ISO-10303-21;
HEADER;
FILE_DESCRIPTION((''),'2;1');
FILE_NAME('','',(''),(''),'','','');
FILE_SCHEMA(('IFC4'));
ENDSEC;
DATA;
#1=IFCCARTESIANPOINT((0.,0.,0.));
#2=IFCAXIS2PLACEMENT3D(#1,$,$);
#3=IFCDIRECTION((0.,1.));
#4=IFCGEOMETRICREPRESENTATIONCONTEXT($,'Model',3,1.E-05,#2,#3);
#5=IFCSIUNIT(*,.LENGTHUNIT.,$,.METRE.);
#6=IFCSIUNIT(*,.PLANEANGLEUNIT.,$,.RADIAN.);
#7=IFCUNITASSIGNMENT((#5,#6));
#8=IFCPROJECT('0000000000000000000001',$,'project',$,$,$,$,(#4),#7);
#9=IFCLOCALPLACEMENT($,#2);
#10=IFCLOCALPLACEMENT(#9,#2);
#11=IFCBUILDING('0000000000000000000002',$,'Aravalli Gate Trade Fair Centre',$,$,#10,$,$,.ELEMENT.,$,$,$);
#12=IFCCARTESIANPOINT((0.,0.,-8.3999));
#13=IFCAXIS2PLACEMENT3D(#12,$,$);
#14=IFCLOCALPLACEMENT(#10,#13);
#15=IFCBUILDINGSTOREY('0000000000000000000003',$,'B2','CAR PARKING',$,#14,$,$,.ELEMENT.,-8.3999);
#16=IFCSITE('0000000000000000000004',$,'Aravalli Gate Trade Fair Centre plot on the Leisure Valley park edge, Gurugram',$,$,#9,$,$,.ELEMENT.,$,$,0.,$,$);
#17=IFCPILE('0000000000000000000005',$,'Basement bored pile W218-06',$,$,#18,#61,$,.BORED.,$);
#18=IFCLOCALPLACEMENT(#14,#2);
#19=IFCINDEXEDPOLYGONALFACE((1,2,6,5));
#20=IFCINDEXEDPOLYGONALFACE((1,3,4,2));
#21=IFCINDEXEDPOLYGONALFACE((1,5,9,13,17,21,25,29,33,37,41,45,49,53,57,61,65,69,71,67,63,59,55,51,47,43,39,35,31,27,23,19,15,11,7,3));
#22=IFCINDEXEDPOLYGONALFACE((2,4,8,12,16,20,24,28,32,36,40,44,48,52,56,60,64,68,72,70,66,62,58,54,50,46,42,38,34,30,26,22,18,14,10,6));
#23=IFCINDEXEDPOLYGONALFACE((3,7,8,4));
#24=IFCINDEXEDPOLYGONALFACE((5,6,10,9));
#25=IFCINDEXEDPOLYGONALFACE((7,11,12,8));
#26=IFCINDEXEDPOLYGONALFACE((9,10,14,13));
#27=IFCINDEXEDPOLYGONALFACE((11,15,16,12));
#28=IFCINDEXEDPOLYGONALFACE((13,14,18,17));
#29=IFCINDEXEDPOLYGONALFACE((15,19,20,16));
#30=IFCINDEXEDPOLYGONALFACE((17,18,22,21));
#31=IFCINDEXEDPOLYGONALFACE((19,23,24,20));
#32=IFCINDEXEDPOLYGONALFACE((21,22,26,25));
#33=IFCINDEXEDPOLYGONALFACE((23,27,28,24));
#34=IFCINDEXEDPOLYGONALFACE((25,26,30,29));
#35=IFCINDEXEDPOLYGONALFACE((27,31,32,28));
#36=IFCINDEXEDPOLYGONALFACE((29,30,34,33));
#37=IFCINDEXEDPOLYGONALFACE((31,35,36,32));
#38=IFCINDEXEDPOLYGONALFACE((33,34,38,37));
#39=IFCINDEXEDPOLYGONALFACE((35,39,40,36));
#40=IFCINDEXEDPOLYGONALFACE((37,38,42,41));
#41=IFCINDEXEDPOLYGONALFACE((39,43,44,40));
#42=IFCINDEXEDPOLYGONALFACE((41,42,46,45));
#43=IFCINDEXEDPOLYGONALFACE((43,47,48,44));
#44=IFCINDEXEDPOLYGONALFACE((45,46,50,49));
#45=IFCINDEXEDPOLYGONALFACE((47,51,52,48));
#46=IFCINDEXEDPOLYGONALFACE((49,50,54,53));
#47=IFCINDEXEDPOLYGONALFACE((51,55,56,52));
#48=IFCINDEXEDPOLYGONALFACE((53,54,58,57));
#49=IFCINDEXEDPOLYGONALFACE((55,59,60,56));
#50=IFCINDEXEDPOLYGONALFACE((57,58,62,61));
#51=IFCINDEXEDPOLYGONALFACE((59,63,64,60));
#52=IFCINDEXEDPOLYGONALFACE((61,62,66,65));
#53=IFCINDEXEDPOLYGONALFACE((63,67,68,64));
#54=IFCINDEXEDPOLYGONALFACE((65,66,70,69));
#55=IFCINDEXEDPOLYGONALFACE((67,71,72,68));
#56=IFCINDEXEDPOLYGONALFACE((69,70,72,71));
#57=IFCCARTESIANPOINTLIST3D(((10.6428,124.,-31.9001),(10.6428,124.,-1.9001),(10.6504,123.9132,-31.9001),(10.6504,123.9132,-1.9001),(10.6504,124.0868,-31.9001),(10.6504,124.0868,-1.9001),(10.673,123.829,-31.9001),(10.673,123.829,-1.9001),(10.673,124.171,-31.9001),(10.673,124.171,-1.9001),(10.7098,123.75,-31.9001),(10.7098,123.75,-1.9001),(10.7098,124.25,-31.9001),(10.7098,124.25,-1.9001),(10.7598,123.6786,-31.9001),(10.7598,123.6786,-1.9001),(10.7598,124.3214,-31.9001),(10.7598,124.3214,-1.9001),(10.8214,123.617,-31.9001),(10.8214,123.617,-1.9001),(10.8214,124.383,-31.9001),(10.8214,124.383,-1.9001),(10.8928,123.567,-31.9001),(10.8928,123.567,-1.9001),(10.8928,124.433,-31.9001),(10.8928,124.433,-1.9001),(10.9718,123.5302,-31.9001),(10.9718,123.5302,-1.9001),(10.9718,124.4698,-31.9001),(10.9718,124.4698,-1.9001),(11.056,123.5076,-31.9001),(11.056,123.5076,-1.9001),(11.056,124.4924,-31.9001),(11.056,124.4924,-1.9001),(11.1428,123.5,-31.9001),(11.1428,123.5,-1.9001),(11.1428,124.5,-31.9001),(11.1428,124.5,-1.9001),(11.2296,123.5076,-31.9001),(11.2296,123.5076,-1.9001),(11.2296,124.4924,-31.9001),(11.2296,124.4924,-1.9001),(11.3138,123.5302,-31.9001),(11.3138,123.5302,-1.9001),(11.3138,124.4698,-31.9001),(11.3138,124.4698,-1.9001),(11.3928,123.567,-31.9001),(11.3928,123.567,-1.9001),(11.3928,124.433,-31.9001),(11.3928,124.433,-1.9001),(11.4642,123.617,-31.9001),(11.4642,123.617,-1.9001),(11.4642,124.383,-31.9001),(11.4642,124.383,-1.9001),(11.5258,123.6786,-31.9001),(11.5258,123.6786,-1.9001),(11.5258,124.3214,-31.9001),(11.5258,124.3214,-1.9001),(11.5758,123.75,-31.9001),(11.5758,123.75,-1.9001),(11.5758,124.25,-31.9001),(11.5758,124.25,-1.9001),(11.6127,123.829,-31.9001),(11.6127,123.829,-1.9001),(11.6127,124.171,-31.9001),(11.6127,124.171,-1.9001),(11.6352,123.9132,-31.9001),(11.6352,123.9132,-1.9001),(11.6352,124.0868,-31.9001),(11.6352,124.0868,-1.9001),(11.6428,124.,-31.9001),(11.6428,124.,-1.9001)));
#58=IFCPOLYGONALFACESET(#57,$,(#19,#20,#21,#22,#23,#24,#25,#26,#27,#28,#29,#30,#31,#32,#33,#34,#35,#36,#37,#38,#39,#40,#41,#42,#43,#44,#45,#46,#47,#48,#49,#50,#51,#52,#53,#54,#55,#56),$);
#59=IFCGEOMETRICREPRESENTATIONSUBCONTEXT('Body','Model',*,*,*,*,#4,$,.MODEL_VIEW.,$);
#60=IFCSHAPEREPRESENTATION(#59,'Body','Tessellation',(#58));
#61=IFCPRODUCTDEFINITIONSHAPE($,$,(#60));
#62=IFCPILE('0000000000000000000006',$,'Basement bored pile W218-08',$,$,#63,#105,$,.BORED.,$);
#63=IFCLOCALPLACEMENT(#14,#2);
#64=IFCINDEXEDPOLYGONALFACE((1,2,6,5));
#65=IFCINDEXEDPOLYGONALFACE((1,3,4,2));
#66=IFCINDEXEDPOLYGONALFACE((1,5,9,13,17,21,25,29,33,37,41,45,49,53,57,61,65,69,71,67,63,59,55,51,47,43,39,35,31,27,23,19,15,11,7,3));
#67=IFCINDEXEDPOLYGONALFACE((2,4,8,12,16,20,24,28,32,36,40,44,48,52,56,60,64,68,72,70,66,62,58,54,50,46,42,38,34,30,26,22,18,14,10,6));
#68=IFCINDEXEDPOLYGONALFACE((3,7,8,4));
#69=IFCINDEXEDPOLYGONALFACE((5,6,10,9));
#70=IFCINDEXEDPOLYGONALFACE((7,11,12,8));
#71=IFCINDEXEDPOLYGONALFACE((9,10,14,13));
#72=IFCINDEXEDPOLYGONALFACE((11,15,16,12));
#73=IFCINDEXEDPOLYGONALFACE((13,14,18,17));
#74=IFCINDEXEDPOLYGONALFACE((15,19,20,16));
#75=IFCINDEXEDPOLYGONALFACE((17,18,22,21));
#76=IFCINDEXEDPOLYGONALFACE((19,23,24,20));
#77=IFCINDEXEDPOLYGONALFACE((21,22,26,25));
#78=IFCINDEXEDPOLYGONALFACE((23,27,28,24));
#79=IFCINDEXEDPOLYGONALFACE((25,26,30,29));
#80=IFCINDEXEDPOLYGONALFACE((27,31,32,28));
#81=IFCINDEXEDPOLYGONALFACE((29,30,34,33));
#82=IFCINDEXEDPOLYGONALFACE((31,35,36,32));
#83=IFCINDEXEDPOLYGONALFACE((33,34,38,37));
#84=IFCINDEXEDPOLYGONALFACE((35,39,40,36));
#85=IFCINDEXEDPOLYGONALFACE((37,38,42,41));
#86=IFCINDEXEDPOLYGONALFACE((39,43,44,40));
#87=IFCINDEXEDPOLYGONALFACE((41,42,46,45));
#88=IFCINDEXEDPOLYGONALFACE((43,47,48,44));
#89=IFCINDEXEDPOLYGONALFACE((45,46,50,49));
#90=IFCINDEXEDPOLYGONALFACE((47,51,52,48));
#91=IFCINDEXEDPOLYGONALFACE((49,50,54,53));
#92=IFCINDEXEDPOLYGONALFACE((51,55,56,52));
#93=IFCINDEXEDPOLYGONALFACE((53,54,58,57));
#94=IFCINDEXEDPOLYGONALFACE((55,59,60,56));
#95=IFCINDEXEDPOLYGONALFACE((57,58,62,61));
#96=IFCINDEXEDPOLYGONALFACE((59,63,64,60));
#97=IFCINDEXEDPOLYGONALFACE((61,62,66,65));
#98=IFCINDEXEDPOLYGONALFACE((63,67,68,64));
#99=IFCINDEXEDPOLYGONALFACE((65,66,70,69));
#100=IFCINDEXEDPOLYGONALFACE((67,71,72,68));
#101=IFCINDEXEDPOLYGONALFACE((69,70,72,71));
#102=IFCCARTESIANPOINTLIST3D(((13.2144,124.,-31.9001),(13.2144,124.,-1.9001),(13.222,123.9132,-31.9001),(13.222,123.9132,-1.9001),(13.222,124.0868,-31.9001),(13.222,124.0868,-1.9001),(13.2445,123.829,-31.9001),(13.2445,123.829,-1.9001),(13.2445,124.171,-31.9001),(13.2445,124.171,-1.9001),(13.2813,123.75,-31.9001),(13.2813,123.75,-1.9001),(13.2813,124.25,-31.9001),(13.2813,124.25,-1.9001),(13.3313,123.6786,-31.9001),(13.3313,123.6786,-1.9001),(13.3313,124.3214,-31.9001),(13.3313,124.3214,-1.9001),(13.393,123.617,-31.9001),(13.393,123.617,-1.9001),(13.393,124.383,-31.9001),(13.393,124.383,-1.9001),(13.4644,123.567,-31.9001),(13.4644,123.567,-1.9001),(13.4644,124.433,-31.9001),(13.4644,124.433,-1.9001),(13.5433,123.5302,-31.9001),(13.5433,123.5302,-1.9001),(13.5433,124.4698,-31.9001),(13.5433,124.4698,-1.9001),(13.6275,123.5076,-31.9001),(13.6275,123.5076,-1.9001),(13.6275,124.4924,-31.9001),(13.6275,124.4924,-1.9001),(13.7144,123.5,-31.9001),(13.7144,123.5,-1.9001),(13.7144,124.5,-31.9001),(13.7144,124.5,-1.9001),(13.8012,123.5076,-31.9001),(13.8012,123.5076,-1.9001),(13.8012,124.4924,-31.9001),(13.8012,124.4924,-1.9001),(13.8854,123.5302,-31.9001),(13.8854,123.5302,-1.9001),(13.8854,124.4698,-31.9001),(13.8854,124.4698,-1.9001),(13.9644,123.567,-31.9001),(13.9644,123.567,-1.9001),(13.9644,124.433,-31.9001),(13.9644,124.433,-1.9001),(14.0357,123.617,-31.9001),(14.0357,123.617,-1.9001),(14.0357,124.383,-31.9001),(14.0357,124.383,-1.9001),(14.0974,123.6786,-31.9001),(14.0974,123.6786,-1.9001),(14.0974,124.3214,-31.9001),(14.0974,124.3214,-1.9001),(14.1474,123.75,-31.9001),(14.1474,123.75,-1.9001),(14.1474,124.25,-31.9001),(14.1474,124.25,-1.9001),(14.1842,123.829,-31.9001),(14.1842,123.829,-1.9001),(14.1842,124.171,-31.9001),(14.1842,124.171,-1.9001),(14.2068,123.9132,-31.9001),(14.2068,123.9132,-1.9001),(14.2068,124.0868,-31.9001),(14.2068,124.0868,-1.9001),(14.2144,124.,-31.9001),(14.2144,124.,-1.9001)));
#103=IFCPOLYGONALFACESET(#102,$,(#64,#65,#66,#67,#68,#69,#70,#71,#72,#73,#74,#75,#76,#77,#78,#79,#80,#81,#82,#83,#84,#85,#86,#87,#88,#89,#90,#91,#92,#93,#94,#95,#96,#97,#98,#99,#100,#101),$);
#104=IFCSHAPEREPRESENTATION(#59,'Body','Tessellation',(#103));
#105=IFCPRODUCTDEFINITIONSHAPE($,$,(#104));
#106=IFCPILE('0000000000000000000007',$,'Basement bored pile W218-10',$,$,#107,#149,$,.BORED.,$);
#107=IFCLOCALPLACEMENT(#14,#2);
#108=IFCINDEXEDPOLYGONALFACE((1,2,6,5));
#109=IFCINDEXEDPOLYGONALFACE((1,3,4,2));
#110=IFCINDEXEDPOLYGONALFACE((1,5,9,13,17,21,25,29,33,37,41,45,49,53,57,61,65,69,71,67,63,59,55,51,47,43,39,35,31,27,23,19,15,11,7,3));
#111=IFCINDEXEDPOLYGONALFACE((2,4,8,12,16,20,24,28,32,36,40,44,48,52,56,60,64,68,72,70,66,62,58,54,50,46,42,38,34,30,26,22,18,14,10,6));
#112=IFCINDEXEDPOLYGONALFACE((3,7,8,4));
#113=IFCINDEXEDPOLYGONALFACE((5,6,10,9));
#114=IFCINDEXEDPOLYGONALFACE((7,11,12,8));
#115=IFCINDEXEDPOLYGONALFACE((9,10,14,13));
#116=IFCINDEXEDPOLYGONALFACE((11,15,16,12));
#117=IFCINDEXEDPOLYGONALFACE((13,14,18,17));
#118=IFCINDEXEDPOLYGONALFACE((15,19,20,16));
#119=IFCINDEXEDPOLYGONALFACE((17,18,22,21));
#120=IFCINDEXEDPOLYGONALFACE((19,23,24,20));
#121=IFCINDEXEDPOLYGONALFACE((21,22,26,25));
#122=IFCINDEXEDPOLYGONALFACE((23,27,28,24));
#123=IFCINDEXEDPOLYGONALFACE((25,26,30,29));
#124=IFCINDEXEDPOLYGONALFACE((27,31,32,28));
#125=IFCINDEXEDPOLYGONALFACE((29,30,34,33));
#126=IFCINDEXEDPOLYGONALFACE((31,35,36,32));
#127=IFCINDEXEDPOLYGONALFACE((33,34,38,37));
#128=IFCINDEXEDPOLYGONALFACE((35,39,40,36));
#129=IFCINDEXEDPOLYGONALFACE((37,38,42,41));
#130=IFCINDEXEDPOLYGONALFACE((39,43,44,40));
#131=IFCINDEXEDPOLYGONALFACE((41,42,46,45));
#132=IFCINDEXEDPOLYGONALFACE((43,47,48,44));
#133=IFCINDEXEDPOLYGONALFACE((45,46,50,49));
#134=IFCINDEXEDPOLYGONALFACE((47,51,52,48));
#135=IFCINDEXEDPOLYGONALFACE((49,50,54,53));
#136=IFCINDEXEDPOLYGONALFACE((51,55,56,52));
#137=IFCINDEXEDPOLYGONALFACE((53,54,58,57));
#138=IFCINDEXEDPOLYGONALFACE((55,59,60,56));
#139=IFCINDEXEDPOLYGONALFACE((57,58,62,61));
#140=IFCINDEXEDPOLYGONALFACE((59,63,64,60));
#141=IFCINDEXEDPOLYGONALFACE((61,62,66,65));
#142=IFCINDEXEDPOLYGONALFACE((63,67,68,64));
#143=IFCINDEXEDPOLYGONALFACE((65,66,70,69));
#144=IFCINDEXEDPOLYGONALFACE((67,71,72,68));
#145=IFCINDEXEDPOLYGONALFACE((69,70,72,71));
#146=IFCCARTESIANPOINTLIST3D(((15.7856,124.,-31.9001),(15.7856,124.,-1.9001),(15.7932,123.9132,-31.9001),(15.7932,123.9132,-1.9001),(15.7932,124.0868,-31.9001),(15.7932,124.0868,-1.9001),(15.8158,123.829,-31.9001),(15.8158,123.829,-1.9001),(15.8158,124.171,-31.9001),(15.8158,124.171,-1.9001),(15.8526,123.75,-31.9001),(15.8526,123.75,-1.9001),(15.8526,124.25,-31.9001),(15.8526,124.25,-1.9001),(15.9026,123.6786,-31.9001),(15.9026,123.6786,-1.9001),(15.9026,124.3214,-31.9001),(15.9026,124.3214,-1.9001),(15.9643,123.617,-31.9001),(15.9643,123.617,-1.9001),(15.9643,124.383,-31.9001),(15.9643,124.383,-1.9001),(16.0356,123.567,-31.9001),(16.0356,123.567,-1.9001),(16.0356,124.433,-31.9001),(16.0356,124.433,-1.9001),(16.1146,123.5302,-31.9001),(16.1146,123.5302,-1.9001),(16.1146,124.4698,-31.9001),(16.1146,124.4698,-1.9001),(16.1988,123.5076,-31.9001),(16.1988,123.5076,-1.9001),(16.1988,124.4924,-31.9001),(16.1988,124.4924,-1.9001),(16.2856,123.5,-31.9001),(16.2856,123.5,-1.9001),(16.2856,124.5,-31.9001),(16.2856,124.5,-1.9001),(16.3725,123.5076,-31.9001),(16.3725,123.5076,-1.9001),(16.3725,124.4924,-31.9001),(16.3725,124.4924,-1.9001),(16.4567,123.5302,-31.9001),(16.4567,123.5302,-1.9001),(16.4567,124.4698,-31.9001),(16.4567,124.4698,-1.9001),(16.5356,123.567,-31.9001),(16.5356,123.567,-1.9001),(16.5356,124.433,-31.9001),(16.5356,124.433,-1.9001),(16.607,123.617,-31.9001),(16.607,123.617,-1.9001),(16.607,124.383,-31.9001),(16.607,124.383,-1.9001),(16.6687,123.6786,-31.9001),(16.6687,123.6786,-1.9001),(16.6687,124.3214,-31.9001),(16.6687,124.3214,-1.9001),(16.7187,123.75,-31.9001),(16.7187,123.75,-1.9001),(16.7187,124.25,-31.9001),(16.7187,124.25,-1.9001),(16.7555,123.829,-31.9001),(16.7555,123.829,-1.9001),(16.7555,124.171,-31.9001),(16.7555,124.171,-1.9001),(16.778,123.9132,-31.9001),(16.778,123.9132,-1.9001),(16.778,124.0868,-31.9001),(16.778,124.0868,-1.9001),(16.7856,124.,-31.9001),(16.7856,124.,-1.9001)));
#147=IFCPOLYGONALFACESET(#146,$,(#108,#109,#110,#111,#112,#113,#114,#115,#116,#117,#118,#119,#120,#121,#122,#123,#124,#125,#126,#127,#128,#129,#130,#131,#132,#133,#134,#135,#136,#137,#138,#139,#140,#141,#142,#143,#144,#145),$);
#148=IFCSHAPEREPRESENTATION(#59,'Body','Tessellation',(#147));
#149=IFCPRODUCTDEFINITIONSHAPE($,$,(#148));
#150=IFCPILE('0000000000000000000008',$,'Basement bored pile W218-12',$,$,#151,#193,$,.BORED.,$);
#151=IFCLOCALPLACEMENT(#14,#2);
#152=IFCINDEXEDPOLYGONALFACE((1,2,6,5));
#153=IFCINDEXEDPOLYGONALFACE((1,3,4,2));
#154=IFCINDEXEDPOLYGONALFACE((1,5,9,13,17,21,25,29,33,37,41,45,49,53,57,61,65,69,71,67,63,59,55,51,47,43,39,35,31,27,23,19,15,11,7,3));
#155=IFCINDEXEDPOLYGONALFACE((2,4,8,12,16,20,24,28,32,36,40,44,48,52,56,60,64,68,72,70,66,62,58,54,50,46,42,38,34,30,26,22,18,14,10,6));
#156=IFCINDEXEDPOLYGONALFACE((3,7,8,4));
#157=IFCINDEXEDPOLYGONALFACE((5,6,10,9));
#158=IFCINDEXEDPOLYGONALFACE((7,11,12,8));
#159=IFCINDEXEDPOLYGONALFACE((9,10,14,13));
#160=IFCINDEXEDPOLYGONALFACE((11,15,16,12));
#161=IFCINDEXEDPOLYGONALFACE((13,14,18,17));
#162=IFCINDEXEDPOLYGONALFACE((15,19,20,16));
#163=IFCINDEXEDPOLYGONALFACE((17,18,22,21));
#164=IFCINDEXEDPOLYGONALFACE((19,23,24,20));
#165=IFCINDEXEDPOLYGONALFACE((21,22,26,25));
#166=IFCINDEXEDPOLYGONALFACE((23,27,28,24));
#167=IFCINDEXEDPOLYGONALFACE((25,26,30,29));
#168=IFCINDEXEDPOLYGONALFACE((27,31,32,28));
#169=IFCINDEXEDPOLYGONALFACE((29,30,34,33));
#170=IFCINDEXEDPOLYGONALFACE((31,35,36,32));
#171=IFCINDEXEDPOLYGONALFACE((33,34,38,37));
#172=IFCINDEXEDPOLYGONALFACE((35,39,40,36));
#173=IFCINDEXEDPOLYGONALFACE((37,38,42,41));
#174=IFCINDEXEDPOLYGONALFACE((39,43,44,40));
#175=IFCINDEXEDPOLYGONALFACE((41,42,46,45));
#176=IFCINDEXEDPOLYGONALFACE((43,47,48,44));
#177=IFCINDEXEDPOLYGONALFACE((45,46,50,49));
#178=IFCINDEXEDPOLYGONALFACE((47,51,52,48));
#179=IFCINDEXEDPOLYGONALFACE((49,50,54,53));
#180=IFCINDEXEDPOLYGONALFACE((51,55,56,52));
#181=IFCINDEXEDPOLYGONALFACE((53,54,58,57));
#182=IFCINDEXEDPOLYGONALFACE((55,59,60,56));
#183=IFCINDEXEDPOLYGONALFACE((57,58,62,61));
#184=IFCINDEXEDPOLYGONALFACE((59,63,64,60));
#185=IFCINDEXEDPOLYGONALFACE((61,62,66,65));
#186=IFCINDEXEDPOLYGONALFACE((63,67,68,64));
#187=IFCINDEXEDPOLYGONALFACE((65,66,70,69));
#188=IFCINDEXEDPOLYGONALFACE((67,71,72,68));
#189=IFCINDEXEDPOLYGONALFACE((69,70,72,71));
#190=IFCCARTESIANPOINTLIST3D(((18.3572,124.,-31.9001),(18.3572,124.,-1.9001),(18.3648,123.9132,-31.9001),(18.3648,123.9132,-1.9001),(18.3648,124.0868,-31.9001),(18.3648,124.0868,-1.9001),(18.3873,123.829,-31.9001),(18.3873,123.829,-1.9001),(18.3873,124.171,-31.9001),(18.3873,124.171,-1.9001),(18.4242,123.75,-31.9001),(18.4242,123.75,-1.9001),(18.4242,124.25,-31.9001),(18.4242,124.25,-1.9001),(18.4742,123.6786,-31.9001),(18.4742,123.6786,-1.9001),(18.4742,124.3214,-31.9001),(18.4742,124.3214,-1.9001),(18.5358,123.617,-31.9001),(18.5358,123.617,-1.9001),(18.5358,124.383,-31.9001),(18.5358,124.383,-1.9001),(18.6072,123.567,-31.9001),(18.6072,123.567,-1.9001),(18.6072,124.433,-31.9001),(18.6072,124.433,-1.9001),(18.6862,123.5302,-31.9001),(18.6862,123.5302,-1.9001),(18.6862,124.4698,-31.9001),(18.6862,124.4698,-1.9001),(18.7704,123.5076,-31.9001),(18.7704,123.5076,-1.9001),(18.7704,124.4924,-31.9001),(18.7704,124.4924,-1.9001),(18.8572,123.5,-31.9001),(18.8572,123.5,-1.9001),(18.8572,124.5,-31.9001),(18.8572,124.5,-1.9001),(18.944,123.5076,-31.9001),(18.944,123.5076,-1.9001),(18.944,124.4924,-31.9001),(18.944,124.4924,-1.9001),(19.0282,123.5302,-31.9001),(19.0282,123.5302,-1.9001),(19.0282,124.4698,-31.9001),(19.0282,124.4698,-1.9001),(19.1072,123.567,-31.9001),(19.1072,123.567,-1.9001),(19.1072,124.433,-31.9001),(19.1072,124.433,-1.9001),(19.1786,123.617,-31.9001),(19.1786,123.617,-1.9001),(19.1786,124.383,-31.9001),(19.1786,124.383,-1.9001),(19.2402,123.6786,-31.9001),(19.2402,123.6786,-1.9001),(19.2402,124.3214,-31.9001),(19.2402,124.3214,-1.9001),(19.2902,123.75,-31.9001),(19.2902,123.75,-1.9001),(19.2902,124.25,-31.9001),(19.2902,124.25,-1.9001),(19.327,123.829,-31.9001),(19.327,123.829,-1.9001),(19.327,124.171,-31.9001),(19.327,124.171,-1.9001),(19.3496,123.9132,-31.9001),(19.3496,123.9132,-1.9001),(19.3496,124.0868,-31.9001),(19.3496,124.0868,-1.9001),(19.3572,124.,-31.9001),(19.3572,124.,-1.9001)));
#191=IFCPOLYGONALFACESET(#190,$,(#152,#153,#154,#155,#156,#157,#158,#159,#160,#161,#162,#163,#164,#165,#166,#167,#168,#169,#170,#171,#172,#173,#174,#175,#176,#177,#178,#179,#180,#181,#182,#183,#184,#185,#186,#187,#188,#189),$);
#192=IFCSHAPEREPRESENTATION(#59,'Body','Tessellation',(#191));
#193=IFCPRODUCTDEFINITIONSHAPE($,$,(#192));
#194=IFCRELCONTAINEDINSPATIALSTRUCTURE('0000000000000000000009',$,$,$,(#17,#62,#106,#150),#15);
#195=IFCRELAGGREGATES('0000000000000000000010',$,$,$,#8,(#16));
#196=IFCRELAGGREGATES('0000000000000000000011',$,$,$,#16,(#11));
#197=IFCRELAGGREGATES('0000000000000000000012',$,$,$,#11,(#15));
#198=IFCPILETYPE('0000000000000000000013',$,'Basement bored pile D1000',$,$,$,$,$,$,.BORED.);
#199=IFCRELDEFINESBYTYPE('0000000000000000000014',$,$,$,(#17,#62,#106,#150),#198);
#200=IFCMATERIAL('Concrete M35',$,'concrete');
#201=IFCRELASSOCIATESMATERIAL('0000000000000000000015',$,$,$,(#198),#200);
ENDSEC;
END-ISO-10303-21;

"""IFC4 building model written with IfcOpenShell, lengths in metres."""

from ifc_helpers import new_model, si_unit, direction, frame, origin, origin_2d, place, context, subcontext, project, spatial, circle, extrude, material, material_profile, profile_set, type_object, element, save


model = new_model("IFC4")

# Units and contexts
model_context = context("Model", 3, precision=1e-05, world=origin(), true_north=direction((0.0, 1.0)))
body_context = subcontext(model_context, "Body", "Model", "MODEL_VIEW")
ifc_project = project(units=[si_unit("LENGTHUNIT", "METRE"), si_unit("PLANEANGLEUNIT", "RADIAN")], contexts=[model_context])

# Site, building, storey
site_placement = place(None, origin())
site = spatial("IfcSite", under=ifc_project, at=site_placement, Name="Aravalli Gate Trade Fair Centre plot on the Leisure Valley park edge, Gurugram", CompositionType="ELEMENT", RefElevation=0.0)
building_placement = place(site_placement, origin())
building = spatial("IfcBuilding", under=site, at=building_placement, Name="Aravalli Gate Trade Fair Centre", CompositionType="ELEMENT")
storey_placement = place(building_placement, frame((0.0, 0.0, -8.3999)))
storey = spatial("IfcBuildingStorey", under=building, at=storey_placement, Name="B2", Description="CAR PARKING", CompositionType="ELEMENT", Elevation=-8.3999)

# Piles
ifc_material_1 = material(Name="Concrete M35", Category="concrete")
ifc_material_profile_1 = material_profile(ifc_material_1, circle(Radius=0.5, at=origin_2d()), Name="D1000")
ifc_profile_set_1 = profile_set([ifc_material_profile_1], Name="Concrete M35")
pile_type = type_object("IfcPileType", Name="Basement bored pile D1000", PredefinedType="BORED", material=ifc_profile_set_1)
for number, where, z_axis, x_axis, name in (
    (1, (11.1428, 124.0, -1.9001), (0.0, 0.0, -1.0), (1.0, 0.0, 0.0), "Basement bored pile W218-06"),
    (2, (13.7144, 124.0, -1.9001), (0.0, 0.0, -1.0), (1.0, 0.0, 0.0), "Basement bored pile W218-08"),
    (3, (16.2856, 124.0, -1.9001), (0.0, 0.0, -1.0), (1.0, 0.0, 0.0), "Basement bored pile W218-10"),
    (4, (18.8572, 124.0, -1.9001), (0.0, 0.0, -1.0), (1.0, 0.0, 0.0), "Basement bored pile W218-12"),
):
    element("IfcPile", number, at=place(storey_placement, frame(where, z_axis=z_axis, x_axis=x_axis)), inside=storey, type_object=pile_type, Name=name, PredefinedType="BORED", context=body_context, shape_type="SweptSolid", body=[
        extrude(circle(Radius=0.5, at=origin_2d()), origin(), (0.0, 0.0, 1.0), 30.0),
    ])

save(model, "model.ifc")
